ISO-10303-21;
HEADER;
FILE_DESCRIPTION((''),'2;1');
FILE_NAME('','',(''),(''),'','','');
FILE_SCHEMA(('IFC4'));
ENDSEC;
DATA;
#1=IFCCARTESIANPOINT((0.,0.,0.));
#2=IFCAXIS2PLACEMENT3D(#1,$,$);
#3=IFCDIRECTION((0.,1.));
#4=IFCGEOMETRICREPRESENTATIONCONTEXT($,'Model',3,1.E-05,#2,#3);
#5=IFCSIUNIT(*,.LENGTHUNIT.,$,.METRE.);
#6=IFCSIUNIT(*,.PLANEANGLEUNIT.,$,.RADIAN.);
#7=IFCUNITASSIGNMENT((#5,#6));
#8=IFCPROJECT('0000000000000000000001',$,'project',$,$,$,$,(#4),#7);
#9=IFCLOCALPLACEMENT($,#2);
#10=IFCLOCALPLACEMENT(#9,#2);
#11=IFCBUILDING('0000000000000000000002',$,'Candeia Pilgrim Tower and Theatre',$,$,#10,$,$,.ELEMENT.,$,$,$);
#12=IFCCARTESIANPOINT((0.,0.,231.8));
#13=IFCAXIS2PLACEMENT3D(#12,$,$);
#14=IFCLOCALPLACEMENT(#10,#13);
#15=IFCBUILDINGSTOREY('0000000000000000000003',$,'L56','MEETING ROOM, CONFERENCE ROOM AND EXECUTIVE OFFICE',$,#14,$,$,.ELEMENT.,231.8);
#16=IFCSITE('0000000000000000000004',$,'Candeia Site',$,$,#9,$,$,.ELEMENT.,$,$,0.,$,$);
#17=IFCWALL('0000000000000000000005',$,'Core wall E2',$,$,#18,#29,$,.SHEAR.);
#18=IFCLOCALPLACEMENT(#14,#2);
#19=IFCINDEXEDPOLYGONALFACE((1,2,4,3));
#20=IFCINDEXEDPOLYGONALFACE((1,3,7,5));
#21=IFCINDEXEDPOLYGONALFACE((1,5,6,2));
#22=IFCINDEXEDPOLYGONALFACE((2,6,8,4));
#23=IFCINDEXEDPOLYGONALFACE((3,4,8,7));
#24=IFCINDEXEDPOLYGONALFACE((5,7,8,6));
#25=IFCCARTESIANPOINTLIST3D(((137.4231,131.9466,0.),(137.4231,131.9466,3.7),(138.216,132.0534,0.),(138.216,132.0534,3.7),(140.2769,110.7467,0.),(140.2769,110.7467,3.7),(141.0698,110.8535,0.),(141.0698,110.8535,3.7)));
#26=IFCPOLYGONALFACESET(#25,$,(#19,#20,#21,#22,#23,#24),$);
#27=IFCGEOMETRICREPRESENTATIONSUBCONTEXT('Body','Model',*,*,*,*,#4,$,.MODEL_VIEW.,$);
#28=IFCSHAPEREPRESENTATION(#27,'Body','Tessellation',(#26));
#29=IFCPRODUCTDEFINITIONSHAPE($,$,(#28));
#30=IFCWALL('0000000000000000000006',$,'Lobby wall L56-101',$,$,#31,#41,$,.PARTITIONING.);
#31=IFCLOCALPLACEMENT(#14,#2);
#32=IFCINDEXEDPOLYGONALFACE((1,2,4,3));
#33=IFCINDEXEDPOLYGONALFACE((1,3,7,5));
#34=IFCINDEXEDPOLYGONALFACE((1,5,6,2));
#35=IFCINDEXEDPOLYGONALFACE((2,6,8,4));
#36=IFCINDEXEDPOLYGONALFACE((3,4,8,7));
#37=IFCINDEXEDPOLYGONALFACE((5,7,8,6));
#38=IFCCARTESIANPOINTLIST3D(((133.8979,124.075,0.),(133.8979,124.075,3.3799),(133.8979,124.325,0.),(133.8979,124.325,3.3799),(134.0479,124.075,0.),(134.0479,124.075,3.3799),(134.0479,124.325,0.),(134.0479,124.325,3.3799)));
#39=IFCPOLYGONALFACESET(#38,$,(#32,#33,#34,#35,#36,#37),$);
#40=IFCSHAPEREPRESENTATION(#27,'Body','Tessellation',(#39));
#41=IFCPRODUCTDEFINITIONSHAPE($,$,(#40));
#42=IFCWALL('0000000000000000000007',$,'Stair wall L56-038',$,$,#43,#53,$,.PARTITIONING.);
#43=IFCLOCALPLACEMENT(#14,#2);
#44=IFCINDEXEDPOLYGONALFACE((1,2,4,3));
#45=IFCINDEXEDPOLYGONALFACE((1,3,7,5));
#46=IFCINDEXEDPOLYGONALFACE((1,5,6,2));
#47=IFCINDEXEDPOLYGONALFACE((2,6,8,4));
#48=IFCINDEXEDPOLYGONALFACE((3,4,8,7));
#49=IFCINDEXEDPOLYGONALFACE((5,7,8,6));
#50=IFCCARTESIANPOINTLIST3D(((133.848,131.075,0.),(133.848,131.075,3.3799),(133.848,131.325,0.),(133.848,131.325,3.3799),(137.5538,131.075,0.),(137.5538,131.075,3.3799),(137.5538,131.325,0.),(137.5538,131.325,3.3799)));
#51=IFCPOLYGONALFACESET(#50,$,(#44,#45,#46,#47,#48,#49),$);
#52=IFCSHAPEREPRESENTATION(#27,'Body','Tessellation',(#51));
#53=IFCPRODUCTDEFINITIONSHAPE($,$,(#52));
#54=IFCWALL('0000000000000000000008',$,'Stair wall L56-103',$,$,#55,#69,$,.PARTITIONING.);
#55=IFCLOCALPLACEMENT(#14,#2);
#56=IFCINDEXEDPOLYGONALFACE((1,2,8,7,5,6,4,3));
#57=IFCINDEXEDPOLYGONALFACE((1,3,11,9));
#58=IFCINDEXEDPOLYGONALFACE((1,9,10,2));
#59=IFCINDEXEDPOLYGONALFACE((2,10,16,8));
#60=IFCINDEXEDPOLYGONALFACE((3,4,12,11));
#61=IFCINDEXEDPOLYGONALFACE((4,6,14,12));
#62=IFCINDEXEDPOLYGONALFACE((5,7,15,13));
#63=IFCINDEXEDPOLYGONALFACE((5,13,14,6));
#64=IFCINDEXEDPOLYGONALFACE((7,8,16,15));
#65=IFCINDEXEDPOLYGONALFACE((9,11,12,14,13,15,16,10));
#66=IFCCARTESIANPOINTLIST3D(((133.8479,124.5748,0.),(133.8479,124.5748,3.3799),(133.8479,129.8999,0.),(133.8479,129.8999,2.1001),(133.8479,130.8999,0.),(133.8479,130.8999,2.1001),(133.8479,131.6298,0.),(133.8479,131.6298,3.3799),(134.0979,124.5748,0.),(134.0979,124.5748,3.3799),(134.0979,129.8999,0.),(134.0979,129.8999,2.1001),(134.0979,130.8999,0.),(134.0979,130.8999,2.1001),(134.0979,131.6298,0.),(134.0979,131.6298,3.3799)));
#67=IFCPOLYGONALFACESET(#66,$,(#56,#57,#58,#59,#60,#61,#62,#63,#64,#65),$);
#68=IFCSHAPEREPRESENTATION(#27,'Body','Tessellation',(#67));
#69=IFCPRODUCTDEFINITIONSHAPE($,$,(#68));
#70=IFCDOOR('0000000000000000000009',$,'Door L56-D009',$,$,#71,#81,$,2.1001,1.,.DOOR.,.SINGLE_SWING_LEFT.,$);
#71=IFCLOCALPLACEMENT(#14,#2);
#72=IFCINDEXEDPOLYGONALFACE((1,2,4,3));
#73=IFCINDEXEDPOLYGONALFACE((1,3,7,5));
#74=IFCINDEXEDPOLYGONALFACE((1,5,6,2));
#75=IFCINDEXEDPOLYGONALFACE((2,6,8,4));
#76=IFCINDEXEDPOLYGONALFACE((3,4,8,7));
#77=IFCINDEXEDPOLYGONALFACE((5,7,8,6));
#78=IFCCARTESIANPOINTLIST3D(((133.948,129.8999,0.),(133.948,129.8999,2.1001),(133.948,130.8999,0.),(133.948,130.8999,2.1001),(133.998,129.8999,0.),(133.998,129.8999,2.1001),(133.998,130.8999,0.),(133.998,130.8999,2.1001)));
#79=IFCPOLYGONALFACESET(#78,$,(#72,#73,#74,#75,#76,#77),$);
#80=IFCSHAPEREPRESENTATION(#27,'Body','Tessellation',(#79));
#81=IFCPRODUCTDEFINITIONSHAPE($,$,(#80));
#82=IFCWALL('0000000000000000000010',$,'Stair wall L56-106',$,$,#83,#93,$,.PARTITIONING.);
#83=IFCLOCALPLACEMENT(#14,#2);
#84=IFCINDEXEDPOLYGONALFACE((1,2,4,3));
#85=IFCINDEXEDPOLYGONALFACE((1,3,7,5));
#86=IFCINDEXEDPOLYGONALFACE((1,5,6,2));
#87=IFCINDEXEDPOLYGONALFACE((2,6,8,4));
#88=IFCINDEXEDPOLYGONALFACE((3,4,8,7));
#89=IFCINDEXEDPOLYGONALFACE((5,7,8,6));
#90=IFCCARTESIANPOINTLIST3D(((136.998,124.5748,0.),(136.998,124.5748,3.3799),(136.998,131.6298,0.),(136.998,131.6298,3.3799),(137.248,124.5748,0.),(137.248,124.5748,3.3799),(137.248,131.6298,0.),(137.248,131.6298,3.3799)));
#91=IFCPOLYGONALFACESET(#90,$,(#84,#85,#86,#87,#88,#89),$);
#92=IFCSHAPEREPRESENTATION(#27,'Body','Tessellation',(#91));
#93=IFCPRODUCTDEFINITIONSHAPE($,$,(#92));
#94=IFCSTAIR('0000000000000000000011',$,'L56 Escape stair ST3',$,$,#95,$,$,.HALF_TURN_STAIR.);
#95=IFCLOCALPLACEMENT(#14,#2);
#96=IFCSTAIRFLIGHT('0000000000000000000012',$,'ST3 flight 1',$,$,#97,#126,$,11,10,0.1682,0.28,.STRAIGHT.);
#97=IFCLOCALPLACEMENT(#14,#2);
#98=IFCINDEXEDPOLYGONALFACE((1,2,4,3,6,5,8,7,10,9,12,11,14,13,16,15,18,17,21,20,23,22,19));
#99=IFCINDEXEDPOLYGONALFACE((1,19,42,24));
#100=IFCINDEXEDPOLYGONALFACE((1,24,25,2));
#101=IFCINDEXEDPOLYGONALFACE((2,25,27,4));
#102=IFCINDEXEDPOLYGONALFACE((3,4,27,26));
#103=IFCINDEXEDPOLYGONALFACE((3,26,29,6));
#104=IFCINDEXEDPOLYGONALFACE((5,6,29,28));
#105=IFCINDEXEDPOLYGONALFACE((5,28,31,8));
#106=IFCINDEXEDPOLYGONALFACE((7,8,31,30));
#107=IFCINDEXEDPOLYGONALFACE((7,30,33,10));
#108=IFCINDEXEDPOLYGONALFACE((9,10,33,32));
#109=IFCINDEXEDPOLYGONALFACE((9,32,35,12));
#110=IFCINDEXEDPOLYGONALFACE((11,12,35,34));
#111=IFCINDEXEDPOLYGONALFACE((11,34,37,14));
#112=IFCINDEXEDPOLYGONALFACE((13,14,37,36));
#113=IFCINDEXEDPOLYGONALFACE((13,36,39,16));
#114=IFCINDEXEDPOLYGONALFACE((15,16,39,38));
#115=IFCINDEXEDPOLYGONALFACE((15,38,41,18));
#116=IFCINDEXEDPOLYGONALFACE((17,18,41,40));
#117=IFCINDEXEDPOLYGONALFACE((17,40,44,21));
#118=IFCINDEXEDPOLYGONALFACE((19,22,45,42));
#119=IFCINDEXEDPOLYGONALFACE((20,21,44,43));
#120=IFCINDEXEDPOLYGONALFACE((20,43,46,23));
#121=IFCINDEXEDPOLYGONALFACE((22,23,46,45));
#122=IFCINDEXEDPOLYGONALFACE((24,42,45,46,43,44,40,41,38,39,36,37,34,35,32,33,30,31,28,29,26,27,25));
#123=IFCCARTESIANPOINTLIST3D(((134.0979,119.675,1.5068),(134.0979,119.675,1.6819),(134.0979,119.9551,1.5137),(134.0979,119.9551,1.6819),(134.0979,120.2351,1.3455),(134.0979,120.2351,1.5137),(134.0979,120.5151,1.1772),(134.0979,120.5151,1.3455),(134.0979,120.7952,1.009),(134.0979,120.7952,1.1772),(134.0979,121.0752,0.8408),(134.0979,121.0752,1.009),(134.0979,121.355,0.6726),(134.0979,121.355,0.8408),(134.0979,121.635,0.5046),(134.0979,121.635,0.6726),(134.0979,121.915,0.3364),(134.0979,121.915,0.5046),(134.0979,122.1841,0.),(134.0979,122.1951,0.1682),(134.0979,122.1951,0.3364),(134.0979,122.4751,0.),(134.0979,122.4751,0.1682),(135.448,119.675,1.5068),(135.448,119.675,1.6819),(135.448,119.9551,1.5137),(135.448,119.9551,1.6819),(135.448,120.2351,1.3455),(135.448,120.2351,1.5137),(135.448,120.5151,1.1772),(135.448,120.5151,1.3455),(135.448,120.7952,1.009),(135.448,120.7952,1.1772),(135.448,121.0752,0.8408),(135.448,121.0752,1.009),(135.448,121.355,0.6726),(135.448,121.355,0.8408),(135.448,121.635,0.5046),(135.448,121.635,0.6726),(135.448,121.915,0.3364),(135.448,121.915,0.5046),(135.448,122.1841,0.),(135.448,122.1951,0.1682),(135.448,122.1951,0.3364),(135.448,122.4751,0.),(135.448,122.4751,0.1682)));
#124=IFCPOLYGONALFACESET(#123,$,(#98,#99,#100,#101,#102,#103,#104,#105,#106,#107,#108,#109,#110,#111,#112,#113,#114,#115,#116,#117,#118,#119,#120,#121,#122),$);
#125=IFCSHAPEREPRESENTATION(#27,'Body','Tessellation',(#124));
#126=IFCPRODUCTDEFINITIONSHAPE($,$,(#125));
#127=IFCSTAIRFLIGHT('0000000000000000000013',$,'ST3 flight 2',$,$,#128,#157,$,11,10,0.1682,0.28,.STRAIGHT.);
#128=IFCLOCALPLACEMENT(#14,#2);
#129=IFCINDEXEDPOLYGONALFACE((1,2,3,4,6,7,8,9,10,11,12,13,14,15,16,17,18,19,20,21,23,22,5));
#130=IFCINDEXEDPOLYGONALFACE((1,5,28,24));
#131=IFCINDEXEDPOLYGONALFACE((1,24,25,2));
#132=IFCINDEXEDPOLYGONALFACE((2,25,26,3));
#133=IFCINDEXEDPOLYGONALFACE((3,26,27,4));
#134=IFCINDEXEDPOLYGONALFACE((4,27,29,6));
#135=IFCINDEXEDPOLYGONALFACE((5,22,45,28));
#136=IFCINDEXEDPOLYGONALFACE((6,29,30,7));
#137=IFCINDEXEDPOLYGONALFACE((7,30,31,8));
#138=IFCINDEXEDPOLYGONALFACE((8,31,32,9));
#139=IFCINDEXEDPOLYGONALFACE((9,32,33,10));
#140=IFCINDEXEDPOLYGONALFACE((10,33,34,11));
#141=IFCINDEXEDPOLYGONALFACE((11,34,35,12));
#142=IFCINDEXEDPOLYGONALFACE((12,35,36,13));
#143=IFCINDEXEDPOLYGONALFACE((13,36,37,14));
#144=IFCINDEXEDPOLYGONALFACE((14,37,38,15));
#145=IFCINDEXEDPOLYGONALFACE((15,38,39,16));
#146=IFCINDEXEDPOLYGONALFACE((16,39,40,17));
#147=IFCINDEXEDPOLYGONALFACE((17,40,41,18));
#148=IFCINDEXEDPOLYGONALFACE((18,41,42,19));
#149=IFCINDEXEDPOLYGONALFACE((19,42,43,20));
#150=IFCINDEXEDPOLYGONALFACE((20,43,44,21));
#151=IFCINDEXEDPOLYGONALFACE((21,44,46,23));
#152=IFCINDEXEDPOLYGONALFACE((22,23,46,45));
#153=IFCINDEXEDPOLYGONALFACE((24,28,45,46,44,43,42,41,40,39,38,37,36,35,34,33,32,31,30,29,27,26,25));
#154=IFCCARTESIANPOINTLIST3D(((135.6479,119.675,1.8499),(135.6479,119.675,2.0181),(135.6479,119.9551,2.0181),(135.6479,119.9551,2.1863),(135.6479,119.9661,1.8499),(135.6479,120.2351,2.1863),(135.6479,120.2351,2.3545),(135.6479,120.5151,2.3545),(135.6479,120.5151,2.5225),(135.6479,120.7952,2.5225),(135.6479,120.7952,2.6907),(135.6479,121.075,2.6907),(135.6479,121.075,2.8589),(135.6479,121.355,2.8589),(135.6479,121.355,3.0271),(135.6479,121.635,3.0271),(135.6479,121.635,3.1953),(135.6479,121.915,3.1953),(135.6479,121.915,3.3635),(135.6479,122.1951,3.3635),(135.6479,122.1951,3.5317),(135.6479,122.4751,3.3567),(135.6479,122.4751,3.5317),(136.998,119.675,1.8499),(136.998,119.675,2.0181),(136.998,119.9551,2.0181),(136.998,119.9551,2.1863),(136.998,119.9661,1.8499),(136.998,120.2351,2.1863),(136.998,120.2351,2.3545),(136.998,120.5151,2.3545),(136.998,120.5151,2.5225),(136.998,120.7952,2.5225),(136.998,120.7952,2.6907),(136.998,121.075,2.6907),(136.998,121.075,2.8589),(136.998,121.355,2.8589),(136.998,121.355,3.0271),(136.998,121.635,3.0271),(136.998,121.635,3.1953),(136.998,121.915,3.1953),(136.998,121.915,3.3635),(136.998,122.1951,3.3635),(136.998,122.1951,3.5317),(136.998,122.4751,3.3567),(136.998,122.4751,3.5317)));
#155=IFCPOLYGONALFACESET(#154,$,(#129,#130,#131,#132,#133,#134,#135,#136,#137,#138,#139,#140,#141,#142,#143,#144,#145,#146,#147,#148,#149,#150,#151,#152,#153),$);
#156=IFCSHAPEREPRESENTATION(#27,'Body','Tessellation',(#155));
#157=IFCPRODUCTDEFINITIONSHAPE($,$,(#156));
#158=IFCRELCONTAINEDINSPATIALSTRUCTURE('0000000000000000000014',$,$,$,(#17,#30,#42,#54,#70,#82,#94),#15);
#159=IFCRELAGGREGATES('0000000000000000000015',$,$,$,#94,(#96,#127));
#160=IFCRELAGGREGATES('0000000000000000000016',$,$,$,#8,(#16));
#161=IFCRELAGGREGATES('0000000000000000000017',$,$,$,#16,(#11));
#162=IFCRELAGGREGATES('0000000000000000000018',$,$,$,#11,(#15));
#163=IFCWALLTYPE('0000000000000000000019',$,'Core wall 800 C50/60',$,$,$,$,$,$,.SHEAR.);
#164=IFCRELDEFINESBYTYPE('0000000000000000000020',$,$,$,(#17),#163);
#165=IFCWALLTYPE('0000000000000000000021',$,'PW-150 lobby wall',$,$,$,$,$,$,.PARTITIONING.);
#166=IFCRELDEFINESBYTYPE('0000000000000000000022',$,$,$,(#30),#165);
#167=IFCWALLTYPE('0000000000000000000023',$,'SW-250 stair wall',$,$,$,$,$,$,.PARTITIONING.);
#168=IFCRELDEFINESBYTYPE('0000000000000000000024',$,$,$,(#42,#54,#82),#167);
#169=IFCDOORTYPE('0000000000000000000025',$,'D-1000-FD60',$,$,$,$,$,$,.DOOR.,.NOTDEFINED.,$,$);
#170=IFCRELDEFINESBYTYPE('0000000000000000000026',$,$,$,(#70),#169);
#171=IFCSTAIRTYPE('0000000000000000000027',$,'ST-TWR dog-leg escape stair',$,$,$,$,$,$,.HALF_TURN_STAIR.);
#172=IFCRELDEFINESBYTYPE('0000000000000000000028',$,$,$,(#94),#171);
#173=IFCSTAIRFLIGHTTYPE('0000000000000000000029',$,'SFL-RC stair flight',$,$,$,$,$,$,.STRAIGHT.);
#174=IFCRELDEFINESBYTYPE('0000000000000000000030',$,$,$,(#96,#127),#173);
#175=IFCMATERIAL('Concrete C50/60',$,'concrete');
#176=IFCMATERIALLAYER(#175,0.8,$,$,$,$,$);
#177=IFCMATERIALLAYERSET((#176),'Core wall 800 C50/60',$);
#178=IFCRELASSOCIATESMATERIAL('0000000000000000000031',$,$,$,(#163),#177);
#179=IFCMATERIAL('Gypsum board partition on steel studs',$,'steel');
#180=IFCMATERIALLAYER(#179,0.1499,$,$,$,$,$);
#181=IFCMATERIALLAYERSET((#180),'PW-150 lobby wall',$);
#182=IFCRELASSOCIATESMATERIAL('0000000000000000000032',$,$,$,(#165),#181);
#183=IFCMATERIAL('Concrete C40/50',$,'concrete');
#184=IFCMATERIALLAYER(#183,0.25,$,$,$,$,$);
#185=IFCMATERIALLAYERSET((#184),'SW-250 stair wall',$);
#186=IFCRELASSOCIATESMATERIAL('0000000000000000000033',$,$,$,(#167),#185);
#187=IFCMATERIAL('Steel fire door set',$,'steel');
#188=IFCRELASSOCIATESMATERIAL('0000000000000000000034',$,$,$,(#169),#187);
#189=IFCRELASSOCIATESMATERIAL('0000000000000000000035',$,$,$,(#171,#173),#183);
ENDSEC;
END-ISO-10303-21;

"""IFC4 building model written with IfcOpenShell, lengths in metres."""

from ifc_helpers import new_model, si_unit, direction, frame, frame_2d, origin, place, context, subcontext, project, spatial, polyline, rectangle, outline, extrude, material, layer, layer_set, type_object, element, fill, aggregate, save


model = new_model("IFC4")

# Units and contexts
model_context = context("Model", 3, precision=1e-05, world=origin(), true_north=direction((0.0, 1.0)))
body_context = subcontext(model_context, "Body", "Model", "MODEL_VIEW")
ifc_project = project(units=[si_unit("LENGTHUNIT", "METRE"), si_unit("PLANEANGLEUNIT", "RADIAN")], contexts=[model_context])

# Site, building, storey
site_placement = place(None, origin())
site = spatial("IfcSite", under=ifc_project, at=site_placement, Name="Candeia Site", CompositionType="ELEMENT", RefElevation=0.0)
building_placement = place(site_placement, origin())
building = spatial("IfcBuilding", under=site, at=building_placement, Name="Candeia Pilgrim Tower and Theatre", CompositionType="ELEMENT")
storey_placement = place(building_placement, frame((0.0, 0.0, 231.8)))
storey = spatial("IfcBuildingStorey", under=building, at=storey_placement, Name="L56", Description="MEETING ROOM, CONFERENCE ROOM AND EXECUTIVE OFFICE", CompositionType="ELEMENT", Elevation=231.8)

# Walls
ifc_material_1 = material(Name="Concrete C50/60", Category="concrete")
ifc_layer_1 = layer(ifc_material_1, 0.8)
ifc_layer_set_1 = layer_set([ifc_layer_1], Name="Core wall 800 C50/60")
wall_type_1 = type_object("IfcWallType", Name="Core wall 800 C50/60", PredefinedType="SHEAR", material=ifc_layer_set_1)
wall_1_placement = place(storey_placement, frame((137.8196, 132.0, 0.0), z_axis=(0.0, 0.0, 1.0), x_axis=(0.133408, -0.991061, 0.0)))
element("IfcWall", 1, at=wall_1_placement, inside=storey, type_object=wall_type_1, Name="Core wall E2", PredefinedType="SHEAR", context=body_context, shape_type="SweptSolid", body=[
    extrude(rectangle(XDim=21.3911, YDim=0.8, at=frame_2d((10.6956, 0.0))), origin(), (0.0, 0.0, 1.0), 3.7),
])
ifc_material_2 = material(Name="Gypsum board partition on steel studs", Category="steel")
ifc_layer_2 = layer(ifc_material_2, 0.1499)
ifc_layer_set_2 = layer_set([ifc_layer_2], Name="PW-150 lobby wall")
wall_type_2 = type_object("IfcWallType", Name="PW-150 lobby wall", PredefinedType="PARTITIONING", material=ifc_layer_set_2)
wall_2_placement = place(storey_placement, frame((133.9729, 124.075, 0.0), z_axis=(0.0, 0.0, 1.0), x_axis=(0.0, 1.0, 0.0)))
element("IfcWall", 2, at=wall_2_placement, inside=storey, type_object=wall_type_2, Name="Lobby wall L56-101", PredefinedType="PARTITIONING", context=body_context, shape_type="SweptSolid", body=[
    extrude(rectangle(XDim=0.25, YDim=0.1499, at=frame_2d((0.125, 0.0))), origin(), (0.0, 0.0, 1.0), 3.3799),
])
ifc_material_3 = material(Name="Concrete C40/50", Category="concrete")
ifc_layer_3 = layer(ifc_material_3, 0.25)
ifc_layer_set_3 = layer_set([ifc_layer_3], Name="SW-250 stair wall")
wall_type_3 = type_object("IfcWallType", Name="SW-250 stair wall", PredefinedType="PARTITIONING", material=ifc_layer_set_3)
wall_3_placement = place(storey_placement, frame((133.8479, 131.2, 0.0), z_axis=(0.0, 0.0, 1.0), x_axis=(1.0, 0.0, 0.0)))
element("IfcWall", 3, at=wall_3_placement, inside=storey, type_object=wall_type_3, Name="Stair wall L56-038", PredefinedType="PARTITIONING", context=body_context, shape_type="SweptSolid", body=[
    extrude(rectangle(XDim=3.7058, YDim=0.25, at=frame_2d((1.853, 0.0))), origin(), (0.0, 0.0, 1.0), 3.3799),
])

# Wall, opening, door
wall_4_placement = place(storey_placement, frame((133.9729, 124.575, 0.0), z_axis=(0.0, 0.0, 1.0), x_axis=(0.0, 1.0, 0.0)))
wall_4 = element("IfcWall", 4, at=wall_4_placement, inside=storey, type_object=wall_type_3, Name="Stair wall L56-103", PredefinedType="PARTITIONING", context=body_context, shape_type="SweptSolid", body=[
    extrude(rectangle(XDim=7.0549, YDim=0.25, at=frame_2d((3.5273, 0.0))), origin(), (0.0, 0.0, 1.0), 3.3799),
])
opening_placement = place(wall_4_placement, frame((5.325, 0.0, 0.0)))
opening = element("IfcOpeningElement", 5, at=opening_placement, cuts=wall_4, PredefinedType="OPENING", context=body_context, shape_type="SweptSolid", body=[
    extrude(rectangle(XDim=1.0, YDim=2.1001, at=frame_2d((0.5, 1.05))), frame((0.0, 0.135, 0.0), z_axis=(0.0, -1.0, 0.0), x_axis=(1.0, 0.0, 0.0)), (0.0, 0.0, 1.0), 0.27),
])
ifc_material_4 = material(Name="Steel fire door set", Category="steel")
door_type = type_object("IfcDoorType", Name="D-1000-FD60", OperationType="NOTDEFINED", PredefinedType="DOOR", material=ifc_material_4)
door_placement = place(opening_placement, origin())
door = element("IfcDoor", 6, at=door_placement, inside=storey, type_object=door_type, Name="Door L56-D009", OperationType="SINGLE_SWING_LEFT", OverallHeight=2.1001, OverallWidth=1.0, PredefinedType="DOOR", context=body_context, shape_type="SweptSolid", body=[
    extrude(rectangle(XDim=1.0, YDim=2.1001, at=frame_2d((0.5, 1.05))), frame((0.0, 0.0249, 0.0), z_axis=(0.0, -1.0, 0.0), x_axis=(1.0, 0.0, 0.0)), (0.0, 0.0, 1.0), 0.05),
])
fill(opening, door)

# Wall
wall_5_placement = place(storey_placement, frame((137.123, 124.575, 0.0), z_axis=(0.0, 0.0, 1.0), x_axis=(0.0, 1.0, 0.0)))
element("IfcWall", 7, at=wall_5_placement, inside=storey, type_object=wall_type_3, Name="Stair wall L56-106", PredefinedType="PARTITIONING", context=body_context, shape_type="SweptSolid", body=[
    extrude(rectangle(XDim=7.0549, YDim=0.25, at=frame_2d((3.5273, 0.0))), origin(), (0.0, 0.0, 1.0), 3.3799),
])

# Stair, stair flights
stair_type = type_object("IfcStairType", Name="ST-TWR dog-leg escape stair", PredefinedType="HALF_TURN_STAIR", material=ifc_material_3)
stair_1_placement = place(storey_placement, origin())
stair_1 = element("IfcStair", 8, at=stair_1_placement, inside=storey, type_object=stair_type, Name="L56 Escape stair ST3", PredefinedType="HALF_TURN_STAIR")
stair_flight_type = type_object("IfcStairFlightType", Name="SFL-RC stair flight", PredefinedType="STRAIGHT", material=ifc_material_3)
stair_flight_1_placement = place(storey_placement, frame((134.7729, 122.4751, 0.0), z_axis=(0.0, 0.0, 1.0), x_axis=(0.0, -1.0, 0.0)))
stair_flight_1 = element("IfcStairFlight", 9, at=stair_flight_1_placement, type_object=stair_flight_type, Name="ST3 flight 1", NumberOfRisers=11, NumberOfTreads=10, PredefinedType="STRAIGHT", RiserHeight=0.1682, TreadLength=0.28, context=body_context, shape_type="SweptSolid", body=[
    extrude(outline(polyline([(0.0, 0.0), (0.0, 0.1682), (0.28, 0.1682), (0.28, 0.3364), (0.5601, 0.3364), (0.5601, 0.5046), (0.8401, 0.5046), (0.8401, 0.6726), (1.1201, 0.6726), (1.1201, 0.8408), (1.3999, 0.8408), (1.3999, 1.009), (1.6799, 1.009), (1.6799, 1.1772), (1.96, 1.1772), (1.96, 1.3455), (2.24, 1.3455), (2.24, 1.5137), (2.52, 1.5137), (2.52, 1.6819), (2.8, 1.6819), (2.8, 1.8501), (2.8, 1.5068), (0.291, 0.0), (0.0, 0.0)])), frame((0.0, 0.675, 0.0), z_axis=(0.0, -1.0, 0.0), x_axis=(1.0, 0.0, 0.0)), (0.0, 0.0, 1.0), 1.3501),
])
stair_flight_2_placement = place(storey_placement, frame((136.323, 119.675, 1.8499), z_axis=(0.0, 0.0, 1.0), x_axis=(0.0, 1.0, 0.0)))
stair_flight_2 = element("IfcStairFlight", 10, at=stair_flight_2_placement, type_object=stair_flight_type, Name="ST3 flight 2", NumberOfRisers=11, NumberOfTreads=10, PredefinedType="STRAIGHT", RiserHeight=0.1682, TreadLength=0.28, context=body_context, shape_type="SweptSolid", body=[
    extrude(outline(polyline([(0.0, 0.0), (0.0, 0.1682), (0.28, 0.1682), (0.28, 0.3364), (0.5601, 0.3364), (0.5601, 0.5046), (0.8401, 0.5046), (0.8401, 0.6726), (1.1201, 0.6726), (1.1201, 0.8408), (1.3999, 0.8408), (1.3999, 1.009), (1.6799, 1.009), (1.6799, 1.1772), (1.96, 1.1772), (1.96, 1.3455), (2.24, 1.3455), (2.24, 1.5137), (2.52, 1.5137), (2.52, 1.6819), (2.8, 1.6819), (2.8, 1.8501), (2.8, 1.5068), (0.291, 0.0), (0.0, 0.0)])), frame((0.0, 0.675, 0.0), z_axis=(0.0, -1.0, 0.0), x_axis=(1.0, 0.0, 0.0)), (0.0, 0.0, 1.0), 1.3501),
])
aggregate(stair_1, [stair_flight_1, stair_flight_2])

save(model, "model.ifc")
